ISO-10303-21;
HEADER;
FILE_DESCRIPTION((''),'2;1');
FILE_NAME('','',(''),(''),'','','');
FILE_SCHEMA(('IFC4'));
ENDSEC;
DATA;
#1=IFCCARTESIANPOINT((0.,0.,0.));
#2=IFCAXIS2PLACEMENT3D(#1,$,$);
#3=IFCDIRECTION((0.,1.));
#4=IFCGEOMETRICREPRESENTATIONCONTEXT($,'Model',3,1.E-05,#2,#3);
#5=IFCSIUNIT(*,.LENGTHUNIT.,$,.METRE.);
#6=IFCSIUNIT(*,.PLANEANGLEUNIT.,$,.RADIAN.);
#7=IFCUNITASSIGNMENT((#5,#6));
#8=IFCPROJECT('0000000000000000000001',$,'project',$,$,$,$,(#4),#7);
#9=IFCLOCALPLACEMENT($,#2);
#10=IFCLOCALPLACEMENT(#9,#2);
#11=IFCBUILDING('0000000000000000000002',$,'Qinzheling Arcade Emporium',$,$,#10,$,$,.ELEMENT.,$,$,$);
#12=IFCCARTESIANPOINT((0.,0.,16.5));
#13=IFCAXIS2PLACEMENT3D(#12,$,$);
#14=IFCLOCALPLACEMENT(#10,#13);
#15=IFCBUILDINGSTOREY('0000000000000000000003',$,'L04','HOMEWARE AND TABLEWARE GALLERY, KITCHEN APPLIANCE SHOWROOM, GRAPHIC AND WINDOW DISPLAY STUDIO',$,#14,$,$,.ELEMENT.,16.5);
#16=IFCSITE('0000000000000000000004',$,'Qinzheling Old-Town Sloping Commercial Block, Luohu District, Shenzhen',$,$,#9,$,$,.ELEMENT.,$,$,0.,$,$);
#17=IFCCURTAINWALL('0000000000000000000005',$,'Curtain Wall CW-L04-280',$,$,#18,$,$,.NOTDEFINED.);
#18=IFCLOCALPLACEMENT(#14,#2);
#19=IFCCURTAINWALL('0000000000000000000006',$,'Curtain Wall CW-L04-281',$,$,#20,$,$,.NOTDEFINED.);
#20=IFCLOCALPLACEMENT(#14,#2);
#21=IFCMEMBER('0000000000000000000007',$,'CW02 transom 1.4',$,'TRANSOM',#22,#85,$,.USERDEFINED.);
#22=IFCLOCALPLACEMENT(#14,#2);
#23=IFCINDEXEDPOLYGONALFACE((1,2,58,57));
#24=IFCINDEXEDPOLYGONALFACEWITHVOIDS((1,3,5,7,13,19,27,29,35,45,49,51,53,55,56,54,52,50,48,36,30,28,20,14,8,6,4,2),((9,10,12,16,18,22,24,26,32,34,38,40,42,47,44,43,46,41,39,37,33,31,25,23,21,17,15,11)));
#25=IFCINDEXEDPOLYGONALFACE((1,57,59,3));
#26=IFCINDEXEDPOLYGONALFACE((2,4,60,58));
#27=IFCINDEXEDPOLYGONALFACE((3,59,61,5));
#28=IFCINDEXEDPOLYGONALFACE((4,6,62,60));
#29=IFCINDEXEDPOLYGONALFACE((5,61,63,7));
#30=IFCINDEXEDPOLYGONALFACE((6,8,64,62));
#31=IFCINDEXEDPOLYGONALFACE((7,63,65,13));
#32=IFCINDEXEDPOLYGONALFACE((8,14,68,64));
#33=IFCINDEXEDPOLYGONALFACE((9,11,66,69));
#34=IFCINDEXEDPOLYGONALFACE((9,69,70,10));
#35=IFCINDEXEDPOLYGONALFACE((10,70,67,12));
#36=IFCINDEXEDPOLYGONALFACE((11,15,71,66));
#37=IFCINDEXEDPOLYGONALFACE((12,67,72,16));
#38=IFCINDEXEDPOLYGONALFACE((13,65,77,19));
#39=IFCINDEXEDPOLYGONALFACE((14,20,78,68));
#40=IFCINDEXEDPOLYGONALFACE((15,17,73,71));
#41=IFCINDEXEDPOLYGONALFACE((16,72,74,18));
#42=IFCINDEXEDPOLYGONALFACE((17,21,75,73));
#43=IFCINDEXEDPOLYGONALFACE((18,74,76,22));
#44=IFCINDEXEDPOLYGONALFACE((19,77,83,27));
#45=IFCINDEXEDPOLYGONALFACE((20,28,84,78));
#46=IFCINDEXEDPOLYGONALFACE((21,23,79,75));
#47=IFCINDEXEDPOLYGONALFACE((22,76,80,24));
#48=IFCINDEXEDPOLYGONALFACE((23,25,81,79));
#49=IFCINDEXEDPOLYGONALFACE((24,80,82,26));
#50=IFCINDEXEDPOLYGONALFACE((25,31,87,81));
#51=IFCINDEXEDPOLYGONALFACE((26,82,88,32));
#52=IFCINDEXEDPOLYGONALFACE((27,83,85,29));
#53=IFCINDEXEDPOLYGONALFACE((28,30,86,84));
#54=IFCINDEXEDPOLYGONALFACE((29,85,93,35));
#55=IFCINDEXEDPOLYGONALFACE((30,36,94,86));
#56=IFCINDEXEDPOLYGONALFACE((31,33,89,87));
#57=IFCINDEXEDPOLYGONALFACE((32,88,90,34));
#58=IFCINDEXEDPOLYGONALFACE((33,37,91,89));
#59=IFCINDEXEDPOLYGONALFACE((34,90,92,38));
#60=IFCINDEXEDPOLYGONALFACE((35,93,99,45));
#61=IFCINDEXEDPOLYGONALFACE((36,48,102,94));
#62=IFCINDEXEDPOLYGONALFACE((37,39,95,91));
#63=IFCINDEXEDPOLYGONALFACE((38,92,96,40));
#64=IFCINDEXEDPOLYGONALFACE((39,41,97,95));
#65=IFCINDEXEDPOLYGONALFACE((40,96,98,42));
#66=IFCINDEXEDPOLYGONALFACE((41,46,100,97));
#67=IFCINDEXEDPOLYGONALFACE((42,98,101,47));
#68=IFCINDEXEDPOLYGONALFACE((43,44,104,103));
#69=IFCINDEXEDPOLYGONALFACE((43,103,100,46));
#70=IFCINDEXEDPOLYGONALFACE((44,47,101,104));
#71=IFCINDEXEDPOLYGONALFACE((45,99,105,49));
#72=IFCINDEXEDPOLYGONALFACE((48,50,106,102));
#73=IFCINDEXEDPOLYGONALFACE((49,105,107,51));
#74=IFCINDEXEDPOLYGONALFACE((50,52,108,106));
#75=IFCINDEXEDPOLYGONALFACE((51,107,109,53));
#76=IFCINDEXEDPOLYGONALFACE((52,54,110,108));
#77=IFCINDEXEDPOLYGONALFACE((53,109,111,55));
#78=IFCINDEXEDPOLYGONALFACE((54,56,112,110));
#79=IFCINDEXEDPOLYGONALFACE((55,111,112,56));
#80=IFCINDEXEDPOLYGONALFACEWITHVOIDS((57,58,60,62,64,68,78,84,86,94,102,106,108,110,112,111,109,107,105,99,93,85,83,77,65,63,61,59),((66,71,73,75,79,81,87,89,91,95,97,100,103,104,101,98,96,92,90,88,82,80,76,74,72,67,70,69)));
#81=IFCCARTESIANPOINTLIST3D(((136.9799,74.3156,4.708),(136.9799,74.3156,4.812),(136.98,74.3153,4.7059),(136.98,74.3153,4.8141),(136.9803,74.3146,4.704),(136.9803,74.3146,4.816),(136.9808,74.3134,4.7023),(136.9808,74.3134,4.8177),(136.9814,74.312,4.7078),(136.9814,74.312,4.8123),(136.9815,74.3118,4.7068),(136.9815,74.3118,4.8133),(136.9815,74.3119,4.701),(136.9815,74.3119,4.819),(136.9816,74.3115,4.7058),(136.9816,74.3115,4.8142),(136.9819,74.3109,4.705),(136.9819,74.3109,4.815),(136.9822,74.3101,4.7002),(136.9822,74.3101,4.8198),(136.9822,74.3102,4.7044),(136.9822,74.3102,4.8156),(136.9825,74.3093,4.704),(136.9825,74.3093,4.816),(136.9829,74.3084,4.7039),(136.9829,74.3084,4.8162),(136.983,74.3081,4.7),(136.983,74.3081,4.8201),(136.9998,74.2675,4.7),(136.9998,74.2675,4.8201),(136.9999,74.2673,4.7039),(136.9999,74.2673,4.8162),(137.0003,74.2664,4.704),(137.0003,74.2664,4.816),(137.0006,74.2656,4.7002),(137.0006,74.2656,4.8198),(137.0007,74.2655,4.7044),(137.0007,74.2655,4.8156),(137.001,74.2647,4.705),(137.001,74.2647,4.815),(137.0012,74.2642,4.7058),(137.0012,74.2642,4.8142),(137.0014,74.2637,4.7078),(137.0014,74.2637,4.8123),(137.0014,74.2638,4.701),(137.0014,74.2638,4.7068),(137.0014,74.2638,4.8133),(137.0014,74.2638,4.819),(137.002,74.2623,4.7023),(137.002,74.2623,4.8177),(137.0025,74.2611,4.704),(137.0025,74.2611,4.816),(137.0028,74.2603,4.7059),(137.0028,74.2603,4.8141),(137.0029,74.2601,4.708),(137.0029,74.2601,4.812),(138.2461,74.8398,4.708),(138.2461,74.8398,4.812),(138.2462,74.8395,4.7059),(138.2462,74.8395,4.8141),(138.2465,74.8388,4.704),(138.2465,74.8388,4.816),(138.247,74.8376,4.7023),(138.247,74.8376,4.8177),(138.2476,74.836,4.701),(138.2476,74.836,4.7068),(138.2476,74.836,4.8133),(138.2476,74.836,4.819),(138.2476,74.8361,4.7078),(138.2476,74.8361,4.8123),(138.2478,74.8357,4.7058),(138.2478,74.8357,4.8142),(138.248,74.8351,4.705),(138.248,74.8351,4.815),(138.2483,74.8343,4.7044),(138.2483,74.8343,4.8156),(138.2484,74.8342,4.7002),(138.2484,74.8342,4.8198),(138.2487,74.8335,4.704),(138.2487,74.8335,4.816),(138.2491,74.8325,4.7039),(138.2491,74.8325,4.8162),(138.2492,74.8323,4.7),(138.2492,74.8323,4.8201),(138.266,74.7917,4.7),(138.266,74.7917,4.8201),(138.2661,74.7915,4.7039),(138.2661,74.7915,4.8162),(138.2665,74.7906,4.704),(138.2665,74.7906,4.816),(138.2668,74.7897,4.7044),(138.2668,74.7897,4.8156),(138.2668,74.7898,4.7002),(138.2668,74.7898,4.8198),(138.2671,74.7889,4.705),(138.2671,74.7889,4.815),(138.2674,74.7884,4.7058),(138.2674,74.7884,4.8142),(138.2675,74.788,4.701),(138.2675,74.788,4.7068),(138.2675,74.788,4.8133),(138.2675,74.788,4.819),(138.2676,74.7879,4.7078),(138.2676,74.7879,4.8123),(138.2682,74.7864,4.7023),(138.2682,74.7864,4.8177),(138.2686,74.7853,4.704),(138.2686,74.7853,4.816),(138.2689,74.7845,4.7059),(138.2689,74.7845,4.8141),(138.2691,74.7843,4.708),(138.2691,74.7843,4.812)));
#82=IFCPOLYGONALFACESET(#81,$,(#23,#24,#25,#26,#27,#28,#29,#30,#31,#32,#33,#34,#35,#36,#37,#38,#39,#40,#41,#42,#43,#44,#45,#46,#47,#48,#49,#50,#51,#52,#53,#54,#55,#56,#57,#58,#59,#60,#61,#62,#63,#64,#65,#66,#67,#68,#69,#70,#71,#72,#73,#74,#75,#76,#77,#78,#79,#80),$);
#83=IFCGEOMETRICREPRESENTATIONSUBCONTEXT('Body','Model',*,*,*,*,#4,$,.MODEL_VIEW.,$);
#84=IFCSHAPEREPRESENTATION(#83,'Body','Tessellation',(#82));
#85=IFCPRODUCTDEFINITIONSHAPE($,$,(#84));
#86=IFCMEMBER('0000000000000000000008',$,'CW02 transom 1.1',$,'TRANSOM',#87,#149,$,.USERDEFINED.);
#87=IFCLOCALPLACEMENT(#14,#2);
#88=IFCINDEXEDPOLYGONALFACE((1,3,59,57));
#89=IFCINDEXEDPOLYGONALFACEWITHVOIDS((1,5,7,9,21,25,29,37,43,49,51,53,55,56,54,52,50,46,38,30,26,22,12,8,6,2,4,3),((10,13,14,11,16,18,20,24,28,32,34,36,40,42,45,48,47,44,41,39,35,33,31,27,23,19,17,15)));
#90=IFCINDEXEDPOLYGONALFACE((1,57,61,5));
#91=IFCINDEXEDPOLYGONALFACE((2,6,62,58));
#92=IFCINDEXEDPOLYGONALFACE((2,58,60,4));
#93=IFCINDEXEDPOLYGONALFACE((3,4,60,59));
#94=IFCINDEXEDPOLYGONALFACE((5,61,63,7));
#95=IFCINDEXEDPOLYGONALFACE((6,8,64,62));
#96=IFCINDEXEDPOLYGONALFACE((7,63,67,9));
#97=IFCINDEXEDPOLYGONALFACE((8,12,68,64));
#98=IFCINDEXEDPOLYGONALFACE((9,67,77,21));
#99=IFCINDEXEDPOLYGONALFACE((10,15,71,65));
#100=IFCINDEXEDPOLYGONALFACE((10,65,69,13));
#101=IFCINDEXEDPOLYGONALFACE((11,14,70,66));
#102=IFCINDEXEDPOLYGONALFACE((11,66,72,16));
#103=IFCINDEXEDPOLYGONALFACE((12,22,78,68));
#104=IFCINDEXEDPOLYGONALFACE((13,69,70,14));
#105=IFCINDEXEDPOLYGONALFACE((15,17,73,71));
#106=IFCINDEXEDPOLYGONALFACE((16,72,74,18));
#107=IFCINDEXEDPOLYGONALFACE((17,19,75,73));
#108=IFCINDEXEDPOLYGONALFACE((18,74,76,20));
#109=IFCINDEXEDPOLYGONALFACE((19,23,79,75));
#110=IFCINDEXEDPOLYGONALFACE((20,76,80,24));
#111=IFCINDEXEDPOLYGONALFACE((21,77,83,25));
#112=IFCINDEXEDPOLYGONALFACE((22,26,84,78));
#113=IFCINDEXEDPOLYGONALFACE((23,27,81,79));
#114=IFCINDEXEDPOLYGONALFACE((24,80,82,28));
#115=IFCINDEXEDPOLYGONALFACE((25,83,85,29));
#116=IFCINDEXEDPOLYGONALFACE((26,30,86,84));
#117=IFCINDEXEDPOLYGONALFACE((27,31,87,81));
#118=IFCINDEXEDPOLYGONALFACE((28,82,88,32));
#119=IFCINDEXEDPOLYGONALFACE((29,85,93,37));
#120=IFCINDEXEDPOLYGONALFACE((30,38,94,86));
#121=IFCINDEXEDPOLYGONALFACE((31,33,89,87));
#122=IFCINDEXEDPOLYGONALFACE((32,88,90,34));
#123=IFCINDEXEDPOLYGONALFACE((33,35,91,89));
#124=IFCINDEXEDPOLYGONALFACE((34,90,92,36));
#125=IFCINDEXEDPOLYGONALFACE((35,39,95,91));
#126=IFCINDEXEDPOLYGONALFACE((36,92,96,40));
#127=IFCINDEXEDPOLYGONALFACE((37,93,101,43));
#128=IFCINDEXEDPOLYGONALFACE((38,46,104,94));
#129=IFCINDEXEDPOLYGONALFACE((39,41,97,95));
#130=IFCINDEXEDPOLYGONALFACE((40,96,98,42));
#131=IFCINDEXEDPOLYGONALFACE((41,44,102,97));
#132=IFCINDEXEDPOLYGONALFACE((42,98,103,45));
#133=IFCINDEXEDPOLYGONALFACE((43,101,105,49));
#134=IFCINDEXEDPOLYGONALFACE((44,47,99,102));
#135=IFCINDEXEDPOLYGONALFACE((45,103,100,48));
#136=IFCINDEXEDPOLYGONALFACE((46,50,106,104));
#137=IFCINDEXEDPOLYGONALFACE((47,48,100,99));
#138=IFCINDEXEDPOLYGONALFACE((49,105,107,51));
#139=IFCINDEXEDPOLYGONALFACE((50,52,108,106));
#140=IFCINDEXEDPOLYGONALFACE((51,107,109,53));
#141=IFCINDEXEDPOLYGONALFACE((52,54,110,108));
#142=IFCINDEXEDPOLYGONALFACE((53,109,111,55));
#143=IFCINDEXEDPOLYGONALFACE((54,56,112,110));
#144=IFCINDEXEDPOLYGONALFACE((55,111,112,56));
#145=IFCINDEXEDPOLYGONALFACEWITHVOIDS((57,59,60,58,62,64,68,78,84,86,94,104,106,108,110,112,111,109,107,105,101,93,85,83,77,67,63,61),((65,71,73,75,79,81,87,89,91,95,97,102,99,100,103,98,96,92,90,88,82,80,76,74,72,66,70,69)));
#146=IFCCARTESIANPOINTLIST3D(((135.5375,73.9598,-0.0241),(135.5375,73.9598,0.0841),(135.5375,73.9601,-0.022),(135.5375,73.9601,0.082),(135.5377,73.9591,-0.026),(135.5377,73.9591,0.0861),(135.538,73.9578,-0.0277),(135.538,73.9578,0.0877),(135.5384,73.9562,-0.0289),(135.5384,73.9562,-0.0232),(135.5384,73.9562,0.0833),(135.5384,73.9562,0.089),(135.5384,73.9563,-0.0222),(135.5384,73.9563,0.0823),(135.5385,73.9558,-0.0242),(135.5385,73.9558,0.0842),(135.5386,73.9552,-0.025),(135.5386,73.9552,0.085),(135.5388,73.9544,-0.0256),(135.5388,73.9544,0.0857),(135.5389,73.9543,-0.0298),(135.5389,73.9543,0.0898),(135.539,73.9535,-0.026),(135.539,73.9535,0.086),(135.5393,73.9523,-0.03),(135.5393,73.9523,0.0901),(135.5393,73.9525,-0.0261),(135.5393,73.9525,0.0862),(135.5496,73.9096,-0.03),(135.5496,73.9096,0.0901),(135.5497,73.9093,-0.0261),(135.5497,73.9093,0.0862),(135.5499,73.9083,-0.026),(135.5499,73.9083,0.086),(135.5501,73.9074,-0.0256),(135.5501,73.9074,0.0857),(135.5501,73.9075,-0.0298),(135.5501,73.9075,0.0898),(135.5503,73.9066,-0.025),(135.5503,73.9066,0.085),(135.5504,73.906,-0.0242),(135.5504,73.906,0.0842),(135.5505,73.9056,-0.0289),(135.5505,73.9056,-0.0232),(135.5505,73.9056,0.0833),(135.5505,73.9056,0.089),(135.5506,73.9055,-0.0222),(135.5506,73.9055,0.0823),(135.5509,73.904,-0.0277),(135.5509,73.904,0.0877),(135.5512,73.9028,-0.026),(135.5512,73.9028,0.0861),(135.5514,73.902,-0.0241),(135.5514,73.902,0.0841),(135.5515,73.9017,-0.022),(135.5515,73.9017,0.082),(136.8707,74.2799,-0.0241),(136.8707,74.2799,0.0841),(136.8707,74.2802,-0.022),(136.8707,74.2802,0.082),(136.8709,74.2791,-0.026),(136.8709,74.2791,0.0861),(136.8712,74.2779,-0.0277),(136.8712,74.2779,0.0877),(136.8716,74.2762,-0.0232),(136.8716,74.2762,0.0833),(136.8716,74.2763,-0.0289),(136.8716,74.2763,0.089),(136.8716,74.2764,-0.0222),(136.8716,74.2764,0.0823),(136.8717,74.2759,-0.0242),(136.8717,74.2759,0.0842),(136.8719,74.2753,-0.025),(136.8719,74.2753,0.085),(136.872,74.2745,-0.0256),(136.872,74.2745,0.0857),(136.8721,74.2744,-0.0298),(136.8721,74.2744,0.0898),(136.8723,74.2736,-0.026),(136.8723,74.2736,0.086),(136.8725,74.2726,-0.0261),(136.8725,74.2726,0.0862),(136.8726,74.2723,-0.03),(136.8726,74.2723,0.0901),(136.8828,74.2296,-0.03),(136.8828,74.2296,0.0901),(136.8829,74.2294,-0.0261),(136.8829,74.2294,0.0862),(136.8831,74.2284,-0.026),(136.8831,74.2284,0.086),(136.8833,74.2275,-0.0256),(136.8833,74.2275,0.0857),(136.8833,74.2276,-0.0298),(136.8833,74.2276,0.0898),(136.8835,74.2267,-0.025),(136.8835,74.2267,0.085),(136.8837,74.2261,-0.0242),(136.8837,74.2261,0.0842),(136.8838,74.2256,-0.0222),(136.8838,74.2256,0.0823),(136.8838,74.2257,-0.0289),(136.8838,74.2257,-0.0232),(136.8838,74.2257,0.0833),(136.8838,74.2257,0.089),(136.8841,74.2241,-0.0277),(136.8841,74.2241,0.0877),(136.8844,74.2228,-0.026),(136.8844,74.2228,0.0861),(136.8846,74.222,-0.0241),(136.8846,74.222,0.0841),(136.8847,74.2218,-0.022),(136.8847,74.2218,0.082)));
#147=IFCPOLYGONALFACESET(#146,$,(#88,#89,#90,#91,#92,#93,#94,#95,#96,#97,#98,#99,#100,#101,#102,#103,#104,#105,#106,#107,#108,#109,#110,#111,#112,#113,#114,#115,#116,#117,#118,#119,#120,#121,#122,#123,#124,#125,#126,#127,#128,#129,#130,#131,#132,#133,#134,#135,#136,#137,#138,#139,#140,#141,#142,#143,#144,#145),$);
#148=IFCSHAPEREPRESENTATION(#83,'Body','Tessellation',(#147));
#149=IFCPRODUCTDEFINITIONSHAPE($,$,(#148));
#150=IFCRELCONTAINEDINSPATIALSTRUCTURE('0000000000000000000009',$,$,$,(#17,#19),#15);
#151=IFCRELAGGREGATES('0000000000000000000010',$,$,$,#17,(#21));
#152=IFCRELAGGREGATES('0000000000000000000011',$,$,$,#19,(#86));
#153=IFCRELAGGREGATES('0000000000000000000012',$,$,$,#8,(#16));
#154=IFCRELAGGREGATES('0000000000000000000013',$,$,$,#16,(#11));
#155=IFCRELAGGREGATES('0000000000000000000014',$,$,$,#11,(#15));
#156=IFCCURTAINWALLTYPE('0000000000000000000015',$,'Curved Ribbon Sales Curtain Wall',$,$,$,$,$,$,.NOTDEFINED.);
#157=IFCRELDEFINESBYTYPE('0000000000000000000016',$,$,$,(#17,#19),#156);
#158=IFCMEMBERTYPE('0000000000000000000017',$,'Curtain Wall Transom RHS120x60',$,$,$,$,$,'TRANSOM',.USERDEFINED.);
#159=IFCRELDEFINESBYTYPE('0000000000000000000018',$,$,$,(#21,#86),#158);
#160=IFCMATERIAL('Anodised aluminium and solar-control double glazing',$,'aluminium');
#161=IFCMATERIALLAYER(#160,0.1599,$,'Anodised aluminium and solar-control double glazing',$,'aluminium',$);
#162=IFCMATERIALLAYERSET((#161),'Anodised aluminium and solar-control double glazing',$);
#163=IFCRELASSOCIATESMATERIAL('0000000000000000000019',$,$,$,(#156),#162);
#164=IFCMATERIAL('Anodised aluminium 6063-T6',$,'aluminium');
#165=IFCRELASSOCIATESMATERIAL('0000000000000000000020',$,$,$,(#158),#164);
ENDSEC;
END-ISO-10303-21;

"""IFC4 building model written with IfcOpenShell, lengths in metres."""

from ifc_helpers import new_model, si_unit, direction, frame, origin, origin_2d, place, context, subcontext, project, spatial, hollow_rectangle, extrude, material, layer, layer_set, material_profile, profile_set, type_object, element, aggregate, save


model = new_model("IFC4")

# Units and contexts
model_context = context("Model", 3, precision=1e-05, world=origin(), true_north=direction((0.0, 1.0)))
body_context = subcontext(model_context, "Body", "Model", "MODEL_VIEW")
ifc_project = project(units=[si_unit("LENGTHUNIT", "METRE"), si_unit("PLANEANGLEUNIT", "RADIAN")], contexts=[model_context])

# Site, building, storey
site_placement = place(None, origin())
site = spatial("IfcSite", under=ifc_project, at=site_placement, Name="Qinzheling Old-Town Sloping Commercial Block, Luohu District, Shenzhen", CompositionType="ELEMENT", RefElevation=0.0)
building_placement = place(site_placement, origin())
building = spatial("IfcBuilding", under=site, at=building_placement, Name="Qinzheling Arcade Emporium", CompositionType="ELEMENT")
storey_placement = place(building_placement, frame((0.0, 0.0, 16.5)))
storey = spatial("IfcBuildingStorey", under=building, at=storey_placement, Name="L04", Description="HOMEWARE AND TABLEWARE GALLERY, KITCHEN APPLIANCE SHOWROOM, GRAPHIC AND WINDOW DISPLAY STUDIO", CompositionType="ELEMENT", Elevation=16.5)

# Shared definitions
ifc_material_1 = material(Name="Anodised aluminium and solar-control double glazing", Category="aluminium")
ifc_layer_1 = layer(ifc_material_1, 0.1599, Name="Anodised aluminium and solar-control double glazing", Category="aluminium")
ifc_layer_set_1 = layer_set([ifc_layer_1], Name="Anodised aluminium and solar-control double glazing")
curtain_wall_type_1 = type_object("IfcCurtainWallType", Name="Curved Ribbon Sales Curtain Wall", PredefinedType="NOTDEFINED", material=ifc_layer_set_1)
ifc_material_2 = material(Name="Anodised aluminium 6063-T6", Category="aluminium")

# Curtain walls
curtain_wall_1_placement = place(storey_placement, origin())
curtain_wall_1 = element("IfcCurtainWall", 1, at=curtain_wall_1_placement, inside=storey, type_object=curtain_wall_type_1, Name="Curtain Wall CW-L04-280", PredefinedType="NOTDEFINED")
curtain_wall_2_placement = place(storey_placement, origin())
curtain_wall_2 = element("IfcCurtainWall", 2, at=curtain_wall_2_placement, inside=storey, type_object=curtain_wall_type_1, Name="Curtain Wall CW-L04-281", PredefinedType="NOTDEFINED")

# Members
ifc_material_profile_1 = material_profile(ifc_material_2, hollow_rectangle(XDim=0.0601, YDim=0.1201, WallThickness=0.0039, InnerFilletRadius=0.0039, OuterFilletRadius=0.0081, at=origin_2d()), Name="RHS 120x60x4", Category="aluminium")
ifc_profile_set_1 = profile_set([ifc_material_profile_1], Name="Anodised aluminium 6063-T6")
member_type_1 = type_object("IfcMemberType", Name="Curtain Wall Transom RHS120x60", ElementType="TRANSOM", PredefinedType="USERDEFINED", material=ifc_profile_set_1)
member_1_placement = place(storey_placement, frame((138.2576, 74.812, 4.76), z_axis=(-0.92395, -0.382514, 0.0), x_axis=(0.382514, -0.92395, 0.0)))
member_1 = element("IfcMember", 3, at=member_1_placement, type_object=member_type_1, Name="CW02 transom 1.4", ObjectType="TRANSOM", PredefinedType="USERDEFINED", context=body_context, shape_type="SweptSolid", body=[
    extrude(hollow_rectangle(XDim=0.0601, YDim=0.1201, WallThickness=0.0039, InnerFilletRadius=0.0039, OuterFilletRadius=0.0081, at=origin_2d()), origin(), (0.0, 0.0, 1.0), 1.3704),
])
member_2_placement = place(storey_placement, frame((136.8777, 74.251, 0.03), z_axis=(-0.972373, -0.233434, 0.0), x_axis=(0.233434, -0.972373, 0.0)))
member_2 = element("IfcMember", 4, at=member_2_placement, type_object=member_type_1, Name="CW02 transom 1.1", ObjectType="TRANSOM", PredefinedType="USERDEFINED", context=body_context, shape_type="SweptSolid", body=[
    extrude(hollow_rectangle(XDim=0.0601, YDim=0.1201, WallThickness=0.0039, InnerFilletRadius=0.0039, OuterFilletRadius=0.0081, at=origin_2d()), origin(), (0.0, 0.0, 1.0), 1.3711),
])

aggregate(curtain_wall_1, [member_1])
aggregate(curtain_wall_2, [member_2])

save(model, "model.ifc")
